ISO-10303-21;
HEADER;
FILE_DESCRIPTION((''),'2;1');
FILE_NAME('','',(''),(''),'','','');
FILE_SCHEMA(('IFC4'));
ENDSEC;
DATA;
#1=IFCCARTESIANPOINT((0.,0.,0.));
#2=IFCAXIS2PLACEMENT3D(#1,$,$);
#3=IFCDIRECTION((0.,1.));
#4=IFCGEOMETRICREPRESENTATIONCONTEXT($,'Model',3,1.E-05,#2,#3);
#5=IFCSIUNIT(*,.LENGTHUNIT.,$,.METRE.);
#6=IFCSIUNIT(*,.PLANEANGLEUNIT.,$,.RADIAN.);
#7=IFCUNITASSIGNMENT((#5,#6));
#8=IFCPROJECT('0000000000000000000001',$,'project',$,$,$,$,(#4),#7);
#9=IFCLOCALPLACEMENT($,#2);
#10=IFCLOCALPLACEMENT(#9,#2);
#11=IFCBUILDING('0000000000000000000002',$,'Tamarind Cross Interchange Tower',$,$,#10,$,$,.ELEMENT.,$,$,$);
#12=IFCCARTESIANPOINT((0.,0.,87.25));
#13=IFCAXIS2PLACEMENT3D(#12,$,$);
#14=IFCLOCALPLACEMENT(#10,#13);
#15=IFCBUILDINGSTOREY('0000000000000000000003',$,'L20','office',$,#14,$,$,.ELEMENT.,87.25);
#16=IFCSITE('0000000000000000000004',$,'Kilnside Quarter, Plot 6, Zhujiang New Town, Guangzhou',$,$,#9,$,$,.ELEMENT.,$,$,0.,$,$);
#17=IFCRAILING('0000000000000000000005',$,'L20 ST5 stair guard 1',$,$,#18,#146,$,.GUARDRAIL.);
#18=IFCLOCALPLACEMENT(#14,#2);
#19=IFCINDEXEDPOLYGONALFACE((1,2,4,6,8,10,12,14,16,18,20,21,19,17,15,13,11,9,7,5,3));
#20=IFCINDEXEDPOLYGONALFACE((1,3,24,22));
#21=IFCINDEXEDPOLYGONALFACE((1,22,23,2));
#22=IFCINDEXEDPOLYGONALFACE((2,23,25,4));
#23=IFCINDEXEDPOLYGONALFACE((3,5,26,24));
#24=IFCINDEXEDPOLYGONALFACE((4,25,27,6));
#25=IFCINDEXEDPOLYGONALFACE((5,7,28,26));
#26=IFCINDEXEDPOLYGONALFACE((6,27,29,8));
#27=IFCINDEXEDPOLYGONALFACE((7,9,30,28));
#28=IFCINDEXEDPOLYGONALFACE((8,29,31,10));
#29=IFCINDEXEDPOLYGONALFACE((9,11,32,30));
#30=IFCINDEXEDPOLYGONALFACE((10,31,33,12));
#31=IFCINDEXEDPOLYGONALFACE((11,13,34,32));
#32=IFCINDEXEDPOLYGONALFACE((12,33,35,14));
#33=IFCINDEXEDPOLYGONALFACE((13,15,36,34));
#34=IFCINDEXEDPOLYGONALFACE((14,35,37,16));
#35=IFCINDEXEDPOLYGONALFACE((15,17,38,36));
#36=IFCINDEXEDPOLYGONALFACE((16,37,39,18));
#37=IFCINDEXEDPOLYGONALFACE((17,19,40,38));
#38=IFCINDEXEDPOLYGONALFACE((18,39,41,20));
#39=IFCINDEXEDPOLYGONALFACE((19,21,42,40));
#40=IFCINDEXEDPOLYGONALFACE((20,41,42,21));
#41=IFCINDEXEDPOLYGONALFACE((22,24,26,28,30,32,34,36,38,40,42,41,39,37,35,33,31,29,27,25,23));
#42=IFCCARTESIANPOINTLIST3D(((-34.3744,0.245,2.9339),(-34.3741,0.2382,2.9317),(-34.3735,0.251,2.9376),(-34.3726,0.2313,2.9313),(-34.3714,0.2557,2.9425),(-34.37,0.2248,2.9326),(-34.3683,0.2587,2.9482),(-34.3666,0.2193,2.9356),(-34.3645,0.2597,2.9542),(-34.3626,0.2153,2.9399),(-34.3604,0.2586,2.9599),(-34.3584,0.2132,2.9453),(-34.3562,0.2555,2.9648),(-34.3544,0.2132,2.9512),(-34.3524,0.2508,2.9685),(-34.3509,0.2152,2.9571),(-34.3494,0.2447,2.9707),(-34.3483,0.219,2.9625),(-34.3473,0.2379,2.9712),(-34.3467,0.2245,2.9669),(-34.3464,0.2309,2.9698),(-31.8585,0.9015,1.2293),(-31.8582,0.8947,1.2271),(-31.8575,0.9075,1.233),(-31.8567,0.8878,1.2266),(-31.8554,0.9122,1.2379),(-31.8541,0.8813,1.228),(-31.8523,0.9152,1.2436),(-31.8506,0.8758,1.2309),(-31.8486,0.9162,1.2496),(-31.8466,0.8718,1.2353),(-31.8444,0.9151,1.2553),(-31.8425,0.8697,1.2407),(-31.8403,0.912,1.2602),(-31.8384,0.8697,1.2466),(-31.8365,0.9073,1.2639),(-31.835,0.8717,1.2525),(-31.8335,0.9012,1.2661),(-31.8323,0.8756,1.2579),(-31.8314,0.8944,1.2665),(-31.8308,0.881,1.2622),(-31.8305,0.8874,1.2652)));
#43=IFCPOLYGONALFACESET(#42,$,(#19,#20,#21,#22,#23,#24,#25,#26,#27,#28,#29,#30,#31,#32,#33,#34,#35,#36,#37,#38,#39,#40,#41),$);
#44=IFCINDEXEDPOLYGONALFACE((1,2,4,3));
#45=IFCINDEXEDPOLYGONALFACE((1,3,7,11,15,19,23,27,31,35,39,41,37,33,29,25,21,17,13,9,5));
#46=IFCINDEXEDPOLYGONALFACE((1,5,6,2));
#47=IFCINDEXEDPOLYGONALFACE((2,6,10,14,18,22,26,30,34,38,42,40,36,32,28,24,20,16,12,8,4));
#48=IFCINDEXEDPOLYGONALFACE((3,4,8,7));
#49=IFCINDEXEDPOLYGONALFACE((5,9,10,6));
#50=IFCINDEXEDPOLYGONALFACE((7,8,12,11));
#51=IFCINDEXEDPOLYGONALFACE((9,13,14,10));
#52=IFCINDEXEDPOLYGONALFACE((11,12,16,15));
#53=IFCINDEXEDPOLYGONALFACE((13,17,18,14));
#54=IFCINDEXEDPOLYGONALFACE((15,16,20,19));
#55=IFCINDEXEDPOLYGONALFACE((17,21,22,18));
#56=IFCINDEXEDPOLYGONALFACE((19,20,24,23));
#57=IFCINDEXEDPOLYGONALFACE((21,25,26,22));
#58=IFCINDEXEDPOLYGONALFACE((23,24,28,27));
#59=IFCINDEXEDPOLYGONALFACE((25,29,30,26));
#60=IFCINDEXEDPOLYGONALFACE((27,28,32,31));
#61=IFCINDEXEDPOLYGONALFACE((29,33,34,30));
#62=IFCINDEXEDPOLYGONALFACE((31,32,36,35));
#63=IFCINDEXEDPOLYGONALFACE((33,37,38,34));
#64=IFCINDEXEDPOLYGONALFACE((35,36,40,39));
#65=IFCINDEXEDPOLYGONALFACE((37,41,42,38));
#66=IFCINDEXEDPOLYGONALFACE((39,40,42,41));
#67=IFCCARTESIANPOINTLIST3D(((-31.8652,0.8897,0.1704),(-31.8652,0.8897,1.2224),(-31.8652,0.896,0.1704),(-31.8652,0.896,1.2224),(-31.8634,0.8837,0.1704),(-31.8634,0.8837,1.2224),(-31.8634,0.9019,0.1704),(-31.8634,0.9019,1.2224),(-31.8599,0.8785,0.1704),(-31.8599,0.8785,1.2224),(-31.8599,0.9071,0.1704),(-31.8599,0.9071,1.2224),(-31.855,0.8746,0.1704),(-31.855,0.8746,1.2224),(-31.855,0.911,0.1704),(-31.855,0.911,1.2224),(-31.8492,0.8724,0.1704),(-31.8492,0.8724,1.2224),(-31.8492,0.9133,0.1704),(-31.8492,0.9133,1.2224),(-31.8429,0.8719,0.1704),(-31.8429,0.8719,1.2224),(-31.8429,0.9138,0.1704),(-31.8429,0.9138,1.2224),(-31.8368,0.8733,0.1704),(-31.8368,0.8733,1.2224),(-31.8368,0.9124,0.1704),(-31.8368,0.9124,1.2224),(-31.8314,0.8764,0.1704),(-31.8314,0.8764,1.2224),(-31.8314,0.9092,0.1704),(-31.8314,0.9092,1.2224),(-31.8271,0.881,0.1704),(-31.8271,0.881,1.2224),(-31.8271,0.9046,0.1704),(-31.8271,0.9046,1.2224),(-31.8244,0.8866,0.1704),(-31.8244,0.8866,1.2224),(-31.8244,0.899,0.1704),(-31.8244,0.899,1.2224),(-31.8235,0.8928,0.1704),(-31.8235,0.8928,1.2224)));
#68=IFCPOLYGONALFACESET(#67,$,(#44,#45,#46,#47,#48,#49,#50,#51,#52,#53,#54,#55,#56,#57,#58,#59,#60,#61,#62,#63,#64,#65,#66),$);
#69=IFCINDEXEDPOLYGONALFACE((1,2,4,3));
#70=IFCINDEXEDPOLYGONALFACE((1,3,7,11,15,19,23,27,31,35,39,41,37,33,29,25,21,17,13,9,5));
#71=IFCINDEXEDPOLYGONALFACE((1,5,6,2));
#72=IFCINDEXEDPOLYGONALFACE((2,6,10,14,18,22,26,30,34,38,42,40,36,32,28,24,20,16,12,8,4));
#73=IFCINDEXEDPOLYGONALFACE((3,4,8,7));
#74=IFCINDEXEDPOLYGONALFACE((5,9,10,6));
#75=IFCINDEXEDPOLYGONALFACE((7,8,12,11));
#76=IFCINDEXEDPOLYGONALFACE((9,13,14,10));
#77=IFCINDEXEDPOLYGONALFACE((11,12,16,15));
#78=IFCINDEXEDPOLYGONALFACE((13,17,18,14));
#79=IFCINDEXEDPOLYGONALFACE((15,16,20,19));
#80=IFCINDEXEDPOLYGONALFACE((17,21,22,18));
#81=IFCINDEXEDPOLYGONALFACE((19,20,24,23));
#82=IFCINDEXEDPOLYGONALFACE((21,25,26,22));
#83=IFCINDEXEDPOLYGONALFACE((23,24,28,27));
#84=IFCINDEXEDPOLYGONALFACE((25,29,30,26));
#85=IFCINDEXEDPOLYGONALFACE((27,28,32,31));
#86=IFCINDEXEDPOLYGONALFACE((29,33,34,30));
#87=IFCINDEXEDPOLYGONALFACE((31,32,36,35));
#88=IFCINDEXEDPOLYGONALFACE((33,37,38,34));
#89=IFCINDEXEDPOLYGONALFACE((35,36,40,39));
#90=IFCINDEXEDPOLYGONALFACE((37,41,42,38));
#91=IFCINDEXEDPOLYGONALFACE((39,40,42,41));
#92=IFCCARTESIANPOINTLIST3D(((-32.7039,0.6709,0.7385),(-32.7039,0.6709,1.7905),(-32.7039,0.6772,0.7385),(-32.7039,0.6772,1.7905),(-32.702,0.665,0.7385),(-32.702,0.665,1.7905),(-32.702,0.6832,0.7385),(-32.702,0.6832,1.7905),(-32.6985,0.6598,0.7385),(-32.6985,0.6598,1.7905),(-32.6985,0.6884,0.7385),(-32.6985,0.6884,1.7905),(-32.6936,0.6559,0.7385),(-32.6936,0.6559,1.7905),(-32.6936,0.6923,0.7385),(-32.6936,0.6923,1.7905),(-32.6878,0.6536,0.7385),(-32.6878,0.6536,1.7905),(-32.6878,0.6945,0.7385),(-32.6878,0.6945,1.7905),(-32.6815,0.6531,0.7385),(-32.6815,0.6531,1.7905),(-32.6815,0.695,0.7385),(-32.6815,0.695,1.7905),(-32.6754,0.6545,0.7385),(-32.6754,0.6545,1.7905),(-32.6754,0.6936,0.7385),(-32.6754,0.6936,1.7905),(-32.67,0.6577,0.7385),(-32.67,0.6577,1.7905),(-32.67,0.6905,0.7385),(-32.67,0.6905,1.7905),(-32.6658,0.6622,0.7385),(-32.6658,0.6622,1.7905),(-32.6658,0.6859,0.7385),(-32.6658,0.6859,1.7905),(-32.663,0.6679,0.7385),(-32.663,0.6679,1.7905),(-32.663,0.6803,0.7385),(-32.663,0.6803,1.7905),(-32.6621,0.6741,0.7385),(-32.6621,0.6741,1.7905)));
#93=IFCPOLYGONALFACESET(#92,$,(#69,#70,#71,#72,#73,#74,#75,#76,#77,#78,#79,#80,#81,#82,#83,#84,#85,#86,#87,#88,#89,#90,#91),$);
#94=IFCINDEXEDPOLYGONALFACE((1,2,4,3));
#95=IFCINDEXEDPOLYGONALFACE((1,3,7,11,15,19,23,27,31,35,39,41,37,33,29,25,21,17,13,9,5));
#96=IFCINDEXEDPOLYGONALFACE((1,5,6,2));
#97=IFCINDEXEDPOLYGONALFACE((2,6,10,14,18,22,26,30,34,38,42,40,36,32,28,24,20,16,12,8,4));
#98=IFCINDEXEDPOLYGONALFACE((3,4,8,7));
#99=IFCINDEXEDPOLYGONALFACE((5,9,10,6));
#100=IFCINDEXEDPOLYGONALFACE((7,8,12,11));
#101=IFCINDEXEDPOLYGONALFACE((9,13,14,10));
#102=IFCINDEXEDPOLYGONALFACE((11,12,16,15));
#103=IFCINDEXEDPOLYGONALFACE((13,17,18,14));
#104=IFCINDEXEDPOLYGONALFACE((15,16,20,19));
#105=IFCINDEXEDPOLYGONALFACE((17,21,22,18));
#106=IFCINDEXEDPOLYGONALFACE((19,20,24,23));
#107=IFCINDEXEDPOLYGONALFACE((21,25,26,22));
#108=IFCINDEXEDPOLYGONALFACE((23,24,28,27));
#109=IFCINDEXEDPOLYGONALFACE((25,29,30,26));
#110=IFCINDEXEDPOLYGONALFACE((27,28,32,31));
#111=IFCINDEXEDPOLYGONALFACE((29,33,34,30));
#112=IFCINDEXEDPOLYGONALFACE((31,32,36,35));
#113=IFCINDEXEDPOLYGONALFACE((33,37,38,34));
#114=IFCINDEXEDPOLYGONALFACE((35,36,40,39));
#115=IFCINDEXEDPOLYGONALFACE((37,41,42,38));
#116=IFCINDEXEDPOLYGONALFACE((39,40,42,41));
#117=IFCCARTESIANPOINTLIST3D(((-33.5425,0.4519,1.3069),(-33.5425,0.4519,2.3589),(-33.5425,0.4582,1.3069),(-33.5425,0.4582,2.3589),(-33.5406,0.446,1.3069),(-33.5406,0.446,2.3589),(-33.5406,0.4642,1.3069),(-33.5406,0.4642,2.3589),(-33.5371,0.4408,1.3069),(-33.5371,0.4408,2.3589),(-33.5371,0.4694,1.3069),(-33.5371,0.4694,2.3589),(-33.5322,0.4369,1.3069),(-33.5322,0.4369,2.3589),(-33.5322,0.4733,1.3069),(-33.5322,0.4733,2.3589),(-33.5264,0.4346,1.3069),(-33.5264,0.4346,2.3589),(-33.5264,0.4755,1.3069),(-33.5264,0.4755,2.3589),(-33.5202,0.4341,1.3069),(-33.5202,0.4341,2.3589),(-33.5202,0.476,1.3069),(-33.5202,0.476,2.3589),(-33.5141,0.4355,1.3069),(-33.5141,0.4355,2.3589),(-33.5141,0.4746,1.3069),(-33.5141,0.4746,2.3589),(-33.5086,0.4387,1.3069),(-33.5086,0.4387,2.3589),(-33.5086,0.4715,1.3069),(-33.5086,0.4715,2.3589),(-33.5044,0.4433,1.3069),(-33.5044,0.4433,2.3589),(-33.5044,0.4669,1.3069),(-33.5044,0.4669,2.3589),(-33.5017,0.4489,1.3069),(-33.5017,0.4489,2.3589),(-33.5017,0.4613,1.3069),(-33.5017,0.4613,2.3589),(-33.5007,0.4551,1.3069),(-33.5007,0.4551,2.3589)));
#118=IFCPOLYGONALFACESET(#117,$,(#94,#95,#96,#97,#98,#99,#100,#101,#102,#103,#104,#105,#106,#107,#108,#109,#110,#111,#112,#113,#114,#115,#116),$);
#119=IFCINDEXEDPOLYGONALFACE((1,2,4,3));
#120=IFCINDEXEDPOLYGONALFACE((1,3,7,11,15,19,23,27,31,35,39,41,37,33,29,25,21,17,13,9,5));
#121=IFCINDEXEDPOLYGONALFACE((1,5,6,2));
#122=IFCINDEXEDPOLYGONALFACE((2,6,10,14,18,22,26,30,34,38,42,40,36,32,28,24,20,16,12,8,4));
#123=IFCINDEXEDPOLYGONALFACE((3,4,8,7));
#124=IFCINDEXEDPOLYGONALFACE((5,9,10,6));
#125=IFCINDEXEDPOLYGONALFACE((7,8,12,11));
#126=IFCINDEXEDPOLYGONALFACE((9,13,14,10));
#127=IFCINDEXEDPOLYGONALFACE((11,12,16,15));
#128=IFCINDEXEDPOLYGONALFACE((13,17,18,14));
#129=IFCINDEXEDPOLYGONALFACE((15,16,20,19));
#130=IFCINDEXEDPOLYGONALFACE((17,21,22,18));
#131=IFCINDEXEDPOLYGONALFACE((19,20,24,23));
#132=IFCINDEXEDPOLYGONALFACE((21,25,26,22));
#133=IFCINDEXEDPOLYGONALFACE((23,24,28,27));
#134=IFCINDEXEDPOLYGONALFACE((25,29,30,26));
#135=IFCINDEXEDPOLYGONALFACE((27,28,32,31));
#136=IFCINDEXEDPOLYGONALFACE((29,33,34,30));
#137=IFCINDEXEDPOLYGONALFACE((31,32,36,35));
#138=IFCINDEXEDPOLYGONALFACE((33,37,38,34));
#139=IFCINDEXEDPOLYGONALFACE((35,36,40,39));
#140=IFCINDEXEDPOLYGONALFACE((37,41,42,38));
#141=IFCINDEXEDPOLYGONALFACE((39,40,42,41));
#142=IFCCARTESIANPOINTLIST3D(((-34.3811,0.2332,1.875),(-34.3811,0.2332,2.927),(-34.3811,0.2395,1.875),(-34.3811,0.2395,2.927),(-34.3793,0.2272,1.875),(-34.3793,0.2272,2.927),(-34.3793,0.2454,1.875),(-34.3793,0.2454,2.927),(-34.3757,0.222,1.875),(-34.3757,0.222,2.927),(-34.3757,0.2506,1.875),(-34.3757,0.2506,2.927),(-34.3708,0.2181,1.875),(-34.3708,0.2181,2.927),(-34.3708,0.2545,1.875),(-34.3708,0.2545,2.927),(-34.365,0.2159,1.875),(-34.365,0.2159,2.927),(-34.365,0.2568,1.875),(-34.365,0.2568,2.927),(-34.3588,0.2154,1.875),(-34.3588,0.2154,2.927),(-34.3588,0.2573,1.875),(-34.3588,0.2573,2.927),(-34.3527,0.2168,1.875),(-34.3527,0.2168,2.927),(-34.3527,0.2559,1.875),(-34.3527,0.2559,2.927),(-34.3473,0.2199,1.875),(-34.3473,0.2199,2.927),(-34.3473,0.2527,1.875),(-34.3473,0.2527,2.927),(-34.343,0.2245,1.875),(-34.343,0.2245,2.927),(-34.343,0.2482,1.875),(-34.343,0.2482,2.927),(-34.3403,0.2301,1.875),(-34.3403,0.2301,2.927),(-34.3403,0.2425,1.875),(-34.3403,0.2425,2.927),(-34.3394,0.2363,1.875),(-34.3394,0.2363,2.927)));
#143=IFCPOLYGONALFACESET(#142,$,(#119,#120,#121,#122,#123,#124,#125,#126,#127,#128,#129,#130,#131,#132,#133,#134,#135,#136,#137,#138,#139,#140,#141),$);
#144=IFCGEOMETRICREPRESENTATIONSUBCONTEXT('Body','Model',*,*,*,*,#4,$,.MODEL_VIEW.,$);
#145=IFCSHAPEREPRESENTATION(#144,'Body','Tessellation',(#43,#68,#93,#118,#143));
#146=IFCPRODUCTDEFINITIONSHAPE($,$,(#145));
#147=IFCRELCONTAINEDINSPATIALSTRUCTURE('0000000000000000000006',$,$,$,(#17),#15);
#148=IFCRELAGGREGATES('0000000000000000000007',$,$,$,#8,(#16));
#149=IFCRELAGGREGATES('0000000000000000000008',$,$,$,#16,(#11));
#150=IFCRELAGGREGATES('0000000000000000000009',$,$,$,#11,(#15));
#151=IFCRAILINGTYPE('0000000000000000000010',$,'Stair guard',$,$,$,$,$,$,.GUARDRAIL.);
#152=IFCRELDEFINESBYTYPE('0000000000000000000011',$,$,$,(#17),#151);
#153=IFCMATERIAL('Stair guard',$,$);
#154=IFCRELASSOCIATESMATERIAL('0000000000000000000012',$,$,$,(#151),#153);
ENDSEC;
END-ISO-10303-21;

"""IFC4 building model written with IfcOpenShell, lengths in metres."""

from ifc_helpers import new_model, si_unit, direction, frame, origin, origin_2d, place, context, subcontext, project, spatial, circle, extrude, material, type_object, element, save


model = new_model("IFC4")

# Units and contexts
model_context = context("Model", 3, precision=1e-05, world=origin(), true_north=direction((0.0, 1.0)))
body_context = subcontext(model_context, "Body", "Model", "MODEL_VIEW")
ifc_project = project(units=[si_unit("LENGTHUNIT", "METRE"), si_unit("PLANEANGLEUNIT", "RADIAN")], contexts=[model_context])

# Site, building, storey
site_placement = place(None, origin())
site = spatial("IfcSite", under=ifc_project, at=site_placement, Name="Kilnside Quarter, Plot 6, Zhujiang New Town, Guangzhou", CompositionType="ELEMENT", RefElevation=0.0)
building_placement = place(site_placement, origin())
building = spatial("IfcBuilding", under=site, at=building_placement, Name="Tamarind Cross Interchange Tower", CompositionType="ELEMENT")
storey_placement = place(building_placement, frame((0.0, 0.0, 87.25)))
storey = spatial("IfcBuildingStorey", under=building, at=storey_placement, Name="L20", Description="office", CompositionType="ELEMENT", Elevation=87.25)

# Railing
ifc_material_1 = material(Name="Stair guard")
railing_type_1 = type_object("IfcRailingType", Name="Stair guard", PredefinedType="GUARDRAIL", material=ifc_material_1)
railing_1_placement = place(storey_placement, frame((-31.8445, 0.8928, 0.1704)))
element("IfcRailing", 1, at=railing_1_placement, inside=storey, type_object=railing_type_1, Name="L20 ST5 stair guard 1", PredefinedType="GUARDRAIL", context=body_context, shape_type="SweptSolid", body=[
    extrude(circle(Radius=0.0239, at=origin_2d()), frame((0.0, 0.0, 1.0762), z_axis=(-0.809208, -0.211156, 0.548267), x_axis=(0.252487, -0.9676, 0.0)), (0.0, 0.0, 1.0), 3.1091),
    extrude(circle(Radius=0.021, at=origin_2d()), origin(), (0.0, 0.0, 1.0), 1.052),
    extrude(circle(Radius=0.021, at=origin_2d()), frame((-0.8386, -0.2188, 0.5681)), (0.0, 0.0, 1.0), 1.052),
    extrude(circle(Radius=0.021, at=origin_2d()), frame((-1.6772, -0.4377, 1.1365)), (0.0, 0.0, 1.0), 1.052),
    extrude(circle(Radius=0.021, at=origin_2d()), frame((-2.5159, -0.6565, 1.7046)), (0.0, 0.0, 1.0), 1.052),
])

save(model, "model.ifc")
